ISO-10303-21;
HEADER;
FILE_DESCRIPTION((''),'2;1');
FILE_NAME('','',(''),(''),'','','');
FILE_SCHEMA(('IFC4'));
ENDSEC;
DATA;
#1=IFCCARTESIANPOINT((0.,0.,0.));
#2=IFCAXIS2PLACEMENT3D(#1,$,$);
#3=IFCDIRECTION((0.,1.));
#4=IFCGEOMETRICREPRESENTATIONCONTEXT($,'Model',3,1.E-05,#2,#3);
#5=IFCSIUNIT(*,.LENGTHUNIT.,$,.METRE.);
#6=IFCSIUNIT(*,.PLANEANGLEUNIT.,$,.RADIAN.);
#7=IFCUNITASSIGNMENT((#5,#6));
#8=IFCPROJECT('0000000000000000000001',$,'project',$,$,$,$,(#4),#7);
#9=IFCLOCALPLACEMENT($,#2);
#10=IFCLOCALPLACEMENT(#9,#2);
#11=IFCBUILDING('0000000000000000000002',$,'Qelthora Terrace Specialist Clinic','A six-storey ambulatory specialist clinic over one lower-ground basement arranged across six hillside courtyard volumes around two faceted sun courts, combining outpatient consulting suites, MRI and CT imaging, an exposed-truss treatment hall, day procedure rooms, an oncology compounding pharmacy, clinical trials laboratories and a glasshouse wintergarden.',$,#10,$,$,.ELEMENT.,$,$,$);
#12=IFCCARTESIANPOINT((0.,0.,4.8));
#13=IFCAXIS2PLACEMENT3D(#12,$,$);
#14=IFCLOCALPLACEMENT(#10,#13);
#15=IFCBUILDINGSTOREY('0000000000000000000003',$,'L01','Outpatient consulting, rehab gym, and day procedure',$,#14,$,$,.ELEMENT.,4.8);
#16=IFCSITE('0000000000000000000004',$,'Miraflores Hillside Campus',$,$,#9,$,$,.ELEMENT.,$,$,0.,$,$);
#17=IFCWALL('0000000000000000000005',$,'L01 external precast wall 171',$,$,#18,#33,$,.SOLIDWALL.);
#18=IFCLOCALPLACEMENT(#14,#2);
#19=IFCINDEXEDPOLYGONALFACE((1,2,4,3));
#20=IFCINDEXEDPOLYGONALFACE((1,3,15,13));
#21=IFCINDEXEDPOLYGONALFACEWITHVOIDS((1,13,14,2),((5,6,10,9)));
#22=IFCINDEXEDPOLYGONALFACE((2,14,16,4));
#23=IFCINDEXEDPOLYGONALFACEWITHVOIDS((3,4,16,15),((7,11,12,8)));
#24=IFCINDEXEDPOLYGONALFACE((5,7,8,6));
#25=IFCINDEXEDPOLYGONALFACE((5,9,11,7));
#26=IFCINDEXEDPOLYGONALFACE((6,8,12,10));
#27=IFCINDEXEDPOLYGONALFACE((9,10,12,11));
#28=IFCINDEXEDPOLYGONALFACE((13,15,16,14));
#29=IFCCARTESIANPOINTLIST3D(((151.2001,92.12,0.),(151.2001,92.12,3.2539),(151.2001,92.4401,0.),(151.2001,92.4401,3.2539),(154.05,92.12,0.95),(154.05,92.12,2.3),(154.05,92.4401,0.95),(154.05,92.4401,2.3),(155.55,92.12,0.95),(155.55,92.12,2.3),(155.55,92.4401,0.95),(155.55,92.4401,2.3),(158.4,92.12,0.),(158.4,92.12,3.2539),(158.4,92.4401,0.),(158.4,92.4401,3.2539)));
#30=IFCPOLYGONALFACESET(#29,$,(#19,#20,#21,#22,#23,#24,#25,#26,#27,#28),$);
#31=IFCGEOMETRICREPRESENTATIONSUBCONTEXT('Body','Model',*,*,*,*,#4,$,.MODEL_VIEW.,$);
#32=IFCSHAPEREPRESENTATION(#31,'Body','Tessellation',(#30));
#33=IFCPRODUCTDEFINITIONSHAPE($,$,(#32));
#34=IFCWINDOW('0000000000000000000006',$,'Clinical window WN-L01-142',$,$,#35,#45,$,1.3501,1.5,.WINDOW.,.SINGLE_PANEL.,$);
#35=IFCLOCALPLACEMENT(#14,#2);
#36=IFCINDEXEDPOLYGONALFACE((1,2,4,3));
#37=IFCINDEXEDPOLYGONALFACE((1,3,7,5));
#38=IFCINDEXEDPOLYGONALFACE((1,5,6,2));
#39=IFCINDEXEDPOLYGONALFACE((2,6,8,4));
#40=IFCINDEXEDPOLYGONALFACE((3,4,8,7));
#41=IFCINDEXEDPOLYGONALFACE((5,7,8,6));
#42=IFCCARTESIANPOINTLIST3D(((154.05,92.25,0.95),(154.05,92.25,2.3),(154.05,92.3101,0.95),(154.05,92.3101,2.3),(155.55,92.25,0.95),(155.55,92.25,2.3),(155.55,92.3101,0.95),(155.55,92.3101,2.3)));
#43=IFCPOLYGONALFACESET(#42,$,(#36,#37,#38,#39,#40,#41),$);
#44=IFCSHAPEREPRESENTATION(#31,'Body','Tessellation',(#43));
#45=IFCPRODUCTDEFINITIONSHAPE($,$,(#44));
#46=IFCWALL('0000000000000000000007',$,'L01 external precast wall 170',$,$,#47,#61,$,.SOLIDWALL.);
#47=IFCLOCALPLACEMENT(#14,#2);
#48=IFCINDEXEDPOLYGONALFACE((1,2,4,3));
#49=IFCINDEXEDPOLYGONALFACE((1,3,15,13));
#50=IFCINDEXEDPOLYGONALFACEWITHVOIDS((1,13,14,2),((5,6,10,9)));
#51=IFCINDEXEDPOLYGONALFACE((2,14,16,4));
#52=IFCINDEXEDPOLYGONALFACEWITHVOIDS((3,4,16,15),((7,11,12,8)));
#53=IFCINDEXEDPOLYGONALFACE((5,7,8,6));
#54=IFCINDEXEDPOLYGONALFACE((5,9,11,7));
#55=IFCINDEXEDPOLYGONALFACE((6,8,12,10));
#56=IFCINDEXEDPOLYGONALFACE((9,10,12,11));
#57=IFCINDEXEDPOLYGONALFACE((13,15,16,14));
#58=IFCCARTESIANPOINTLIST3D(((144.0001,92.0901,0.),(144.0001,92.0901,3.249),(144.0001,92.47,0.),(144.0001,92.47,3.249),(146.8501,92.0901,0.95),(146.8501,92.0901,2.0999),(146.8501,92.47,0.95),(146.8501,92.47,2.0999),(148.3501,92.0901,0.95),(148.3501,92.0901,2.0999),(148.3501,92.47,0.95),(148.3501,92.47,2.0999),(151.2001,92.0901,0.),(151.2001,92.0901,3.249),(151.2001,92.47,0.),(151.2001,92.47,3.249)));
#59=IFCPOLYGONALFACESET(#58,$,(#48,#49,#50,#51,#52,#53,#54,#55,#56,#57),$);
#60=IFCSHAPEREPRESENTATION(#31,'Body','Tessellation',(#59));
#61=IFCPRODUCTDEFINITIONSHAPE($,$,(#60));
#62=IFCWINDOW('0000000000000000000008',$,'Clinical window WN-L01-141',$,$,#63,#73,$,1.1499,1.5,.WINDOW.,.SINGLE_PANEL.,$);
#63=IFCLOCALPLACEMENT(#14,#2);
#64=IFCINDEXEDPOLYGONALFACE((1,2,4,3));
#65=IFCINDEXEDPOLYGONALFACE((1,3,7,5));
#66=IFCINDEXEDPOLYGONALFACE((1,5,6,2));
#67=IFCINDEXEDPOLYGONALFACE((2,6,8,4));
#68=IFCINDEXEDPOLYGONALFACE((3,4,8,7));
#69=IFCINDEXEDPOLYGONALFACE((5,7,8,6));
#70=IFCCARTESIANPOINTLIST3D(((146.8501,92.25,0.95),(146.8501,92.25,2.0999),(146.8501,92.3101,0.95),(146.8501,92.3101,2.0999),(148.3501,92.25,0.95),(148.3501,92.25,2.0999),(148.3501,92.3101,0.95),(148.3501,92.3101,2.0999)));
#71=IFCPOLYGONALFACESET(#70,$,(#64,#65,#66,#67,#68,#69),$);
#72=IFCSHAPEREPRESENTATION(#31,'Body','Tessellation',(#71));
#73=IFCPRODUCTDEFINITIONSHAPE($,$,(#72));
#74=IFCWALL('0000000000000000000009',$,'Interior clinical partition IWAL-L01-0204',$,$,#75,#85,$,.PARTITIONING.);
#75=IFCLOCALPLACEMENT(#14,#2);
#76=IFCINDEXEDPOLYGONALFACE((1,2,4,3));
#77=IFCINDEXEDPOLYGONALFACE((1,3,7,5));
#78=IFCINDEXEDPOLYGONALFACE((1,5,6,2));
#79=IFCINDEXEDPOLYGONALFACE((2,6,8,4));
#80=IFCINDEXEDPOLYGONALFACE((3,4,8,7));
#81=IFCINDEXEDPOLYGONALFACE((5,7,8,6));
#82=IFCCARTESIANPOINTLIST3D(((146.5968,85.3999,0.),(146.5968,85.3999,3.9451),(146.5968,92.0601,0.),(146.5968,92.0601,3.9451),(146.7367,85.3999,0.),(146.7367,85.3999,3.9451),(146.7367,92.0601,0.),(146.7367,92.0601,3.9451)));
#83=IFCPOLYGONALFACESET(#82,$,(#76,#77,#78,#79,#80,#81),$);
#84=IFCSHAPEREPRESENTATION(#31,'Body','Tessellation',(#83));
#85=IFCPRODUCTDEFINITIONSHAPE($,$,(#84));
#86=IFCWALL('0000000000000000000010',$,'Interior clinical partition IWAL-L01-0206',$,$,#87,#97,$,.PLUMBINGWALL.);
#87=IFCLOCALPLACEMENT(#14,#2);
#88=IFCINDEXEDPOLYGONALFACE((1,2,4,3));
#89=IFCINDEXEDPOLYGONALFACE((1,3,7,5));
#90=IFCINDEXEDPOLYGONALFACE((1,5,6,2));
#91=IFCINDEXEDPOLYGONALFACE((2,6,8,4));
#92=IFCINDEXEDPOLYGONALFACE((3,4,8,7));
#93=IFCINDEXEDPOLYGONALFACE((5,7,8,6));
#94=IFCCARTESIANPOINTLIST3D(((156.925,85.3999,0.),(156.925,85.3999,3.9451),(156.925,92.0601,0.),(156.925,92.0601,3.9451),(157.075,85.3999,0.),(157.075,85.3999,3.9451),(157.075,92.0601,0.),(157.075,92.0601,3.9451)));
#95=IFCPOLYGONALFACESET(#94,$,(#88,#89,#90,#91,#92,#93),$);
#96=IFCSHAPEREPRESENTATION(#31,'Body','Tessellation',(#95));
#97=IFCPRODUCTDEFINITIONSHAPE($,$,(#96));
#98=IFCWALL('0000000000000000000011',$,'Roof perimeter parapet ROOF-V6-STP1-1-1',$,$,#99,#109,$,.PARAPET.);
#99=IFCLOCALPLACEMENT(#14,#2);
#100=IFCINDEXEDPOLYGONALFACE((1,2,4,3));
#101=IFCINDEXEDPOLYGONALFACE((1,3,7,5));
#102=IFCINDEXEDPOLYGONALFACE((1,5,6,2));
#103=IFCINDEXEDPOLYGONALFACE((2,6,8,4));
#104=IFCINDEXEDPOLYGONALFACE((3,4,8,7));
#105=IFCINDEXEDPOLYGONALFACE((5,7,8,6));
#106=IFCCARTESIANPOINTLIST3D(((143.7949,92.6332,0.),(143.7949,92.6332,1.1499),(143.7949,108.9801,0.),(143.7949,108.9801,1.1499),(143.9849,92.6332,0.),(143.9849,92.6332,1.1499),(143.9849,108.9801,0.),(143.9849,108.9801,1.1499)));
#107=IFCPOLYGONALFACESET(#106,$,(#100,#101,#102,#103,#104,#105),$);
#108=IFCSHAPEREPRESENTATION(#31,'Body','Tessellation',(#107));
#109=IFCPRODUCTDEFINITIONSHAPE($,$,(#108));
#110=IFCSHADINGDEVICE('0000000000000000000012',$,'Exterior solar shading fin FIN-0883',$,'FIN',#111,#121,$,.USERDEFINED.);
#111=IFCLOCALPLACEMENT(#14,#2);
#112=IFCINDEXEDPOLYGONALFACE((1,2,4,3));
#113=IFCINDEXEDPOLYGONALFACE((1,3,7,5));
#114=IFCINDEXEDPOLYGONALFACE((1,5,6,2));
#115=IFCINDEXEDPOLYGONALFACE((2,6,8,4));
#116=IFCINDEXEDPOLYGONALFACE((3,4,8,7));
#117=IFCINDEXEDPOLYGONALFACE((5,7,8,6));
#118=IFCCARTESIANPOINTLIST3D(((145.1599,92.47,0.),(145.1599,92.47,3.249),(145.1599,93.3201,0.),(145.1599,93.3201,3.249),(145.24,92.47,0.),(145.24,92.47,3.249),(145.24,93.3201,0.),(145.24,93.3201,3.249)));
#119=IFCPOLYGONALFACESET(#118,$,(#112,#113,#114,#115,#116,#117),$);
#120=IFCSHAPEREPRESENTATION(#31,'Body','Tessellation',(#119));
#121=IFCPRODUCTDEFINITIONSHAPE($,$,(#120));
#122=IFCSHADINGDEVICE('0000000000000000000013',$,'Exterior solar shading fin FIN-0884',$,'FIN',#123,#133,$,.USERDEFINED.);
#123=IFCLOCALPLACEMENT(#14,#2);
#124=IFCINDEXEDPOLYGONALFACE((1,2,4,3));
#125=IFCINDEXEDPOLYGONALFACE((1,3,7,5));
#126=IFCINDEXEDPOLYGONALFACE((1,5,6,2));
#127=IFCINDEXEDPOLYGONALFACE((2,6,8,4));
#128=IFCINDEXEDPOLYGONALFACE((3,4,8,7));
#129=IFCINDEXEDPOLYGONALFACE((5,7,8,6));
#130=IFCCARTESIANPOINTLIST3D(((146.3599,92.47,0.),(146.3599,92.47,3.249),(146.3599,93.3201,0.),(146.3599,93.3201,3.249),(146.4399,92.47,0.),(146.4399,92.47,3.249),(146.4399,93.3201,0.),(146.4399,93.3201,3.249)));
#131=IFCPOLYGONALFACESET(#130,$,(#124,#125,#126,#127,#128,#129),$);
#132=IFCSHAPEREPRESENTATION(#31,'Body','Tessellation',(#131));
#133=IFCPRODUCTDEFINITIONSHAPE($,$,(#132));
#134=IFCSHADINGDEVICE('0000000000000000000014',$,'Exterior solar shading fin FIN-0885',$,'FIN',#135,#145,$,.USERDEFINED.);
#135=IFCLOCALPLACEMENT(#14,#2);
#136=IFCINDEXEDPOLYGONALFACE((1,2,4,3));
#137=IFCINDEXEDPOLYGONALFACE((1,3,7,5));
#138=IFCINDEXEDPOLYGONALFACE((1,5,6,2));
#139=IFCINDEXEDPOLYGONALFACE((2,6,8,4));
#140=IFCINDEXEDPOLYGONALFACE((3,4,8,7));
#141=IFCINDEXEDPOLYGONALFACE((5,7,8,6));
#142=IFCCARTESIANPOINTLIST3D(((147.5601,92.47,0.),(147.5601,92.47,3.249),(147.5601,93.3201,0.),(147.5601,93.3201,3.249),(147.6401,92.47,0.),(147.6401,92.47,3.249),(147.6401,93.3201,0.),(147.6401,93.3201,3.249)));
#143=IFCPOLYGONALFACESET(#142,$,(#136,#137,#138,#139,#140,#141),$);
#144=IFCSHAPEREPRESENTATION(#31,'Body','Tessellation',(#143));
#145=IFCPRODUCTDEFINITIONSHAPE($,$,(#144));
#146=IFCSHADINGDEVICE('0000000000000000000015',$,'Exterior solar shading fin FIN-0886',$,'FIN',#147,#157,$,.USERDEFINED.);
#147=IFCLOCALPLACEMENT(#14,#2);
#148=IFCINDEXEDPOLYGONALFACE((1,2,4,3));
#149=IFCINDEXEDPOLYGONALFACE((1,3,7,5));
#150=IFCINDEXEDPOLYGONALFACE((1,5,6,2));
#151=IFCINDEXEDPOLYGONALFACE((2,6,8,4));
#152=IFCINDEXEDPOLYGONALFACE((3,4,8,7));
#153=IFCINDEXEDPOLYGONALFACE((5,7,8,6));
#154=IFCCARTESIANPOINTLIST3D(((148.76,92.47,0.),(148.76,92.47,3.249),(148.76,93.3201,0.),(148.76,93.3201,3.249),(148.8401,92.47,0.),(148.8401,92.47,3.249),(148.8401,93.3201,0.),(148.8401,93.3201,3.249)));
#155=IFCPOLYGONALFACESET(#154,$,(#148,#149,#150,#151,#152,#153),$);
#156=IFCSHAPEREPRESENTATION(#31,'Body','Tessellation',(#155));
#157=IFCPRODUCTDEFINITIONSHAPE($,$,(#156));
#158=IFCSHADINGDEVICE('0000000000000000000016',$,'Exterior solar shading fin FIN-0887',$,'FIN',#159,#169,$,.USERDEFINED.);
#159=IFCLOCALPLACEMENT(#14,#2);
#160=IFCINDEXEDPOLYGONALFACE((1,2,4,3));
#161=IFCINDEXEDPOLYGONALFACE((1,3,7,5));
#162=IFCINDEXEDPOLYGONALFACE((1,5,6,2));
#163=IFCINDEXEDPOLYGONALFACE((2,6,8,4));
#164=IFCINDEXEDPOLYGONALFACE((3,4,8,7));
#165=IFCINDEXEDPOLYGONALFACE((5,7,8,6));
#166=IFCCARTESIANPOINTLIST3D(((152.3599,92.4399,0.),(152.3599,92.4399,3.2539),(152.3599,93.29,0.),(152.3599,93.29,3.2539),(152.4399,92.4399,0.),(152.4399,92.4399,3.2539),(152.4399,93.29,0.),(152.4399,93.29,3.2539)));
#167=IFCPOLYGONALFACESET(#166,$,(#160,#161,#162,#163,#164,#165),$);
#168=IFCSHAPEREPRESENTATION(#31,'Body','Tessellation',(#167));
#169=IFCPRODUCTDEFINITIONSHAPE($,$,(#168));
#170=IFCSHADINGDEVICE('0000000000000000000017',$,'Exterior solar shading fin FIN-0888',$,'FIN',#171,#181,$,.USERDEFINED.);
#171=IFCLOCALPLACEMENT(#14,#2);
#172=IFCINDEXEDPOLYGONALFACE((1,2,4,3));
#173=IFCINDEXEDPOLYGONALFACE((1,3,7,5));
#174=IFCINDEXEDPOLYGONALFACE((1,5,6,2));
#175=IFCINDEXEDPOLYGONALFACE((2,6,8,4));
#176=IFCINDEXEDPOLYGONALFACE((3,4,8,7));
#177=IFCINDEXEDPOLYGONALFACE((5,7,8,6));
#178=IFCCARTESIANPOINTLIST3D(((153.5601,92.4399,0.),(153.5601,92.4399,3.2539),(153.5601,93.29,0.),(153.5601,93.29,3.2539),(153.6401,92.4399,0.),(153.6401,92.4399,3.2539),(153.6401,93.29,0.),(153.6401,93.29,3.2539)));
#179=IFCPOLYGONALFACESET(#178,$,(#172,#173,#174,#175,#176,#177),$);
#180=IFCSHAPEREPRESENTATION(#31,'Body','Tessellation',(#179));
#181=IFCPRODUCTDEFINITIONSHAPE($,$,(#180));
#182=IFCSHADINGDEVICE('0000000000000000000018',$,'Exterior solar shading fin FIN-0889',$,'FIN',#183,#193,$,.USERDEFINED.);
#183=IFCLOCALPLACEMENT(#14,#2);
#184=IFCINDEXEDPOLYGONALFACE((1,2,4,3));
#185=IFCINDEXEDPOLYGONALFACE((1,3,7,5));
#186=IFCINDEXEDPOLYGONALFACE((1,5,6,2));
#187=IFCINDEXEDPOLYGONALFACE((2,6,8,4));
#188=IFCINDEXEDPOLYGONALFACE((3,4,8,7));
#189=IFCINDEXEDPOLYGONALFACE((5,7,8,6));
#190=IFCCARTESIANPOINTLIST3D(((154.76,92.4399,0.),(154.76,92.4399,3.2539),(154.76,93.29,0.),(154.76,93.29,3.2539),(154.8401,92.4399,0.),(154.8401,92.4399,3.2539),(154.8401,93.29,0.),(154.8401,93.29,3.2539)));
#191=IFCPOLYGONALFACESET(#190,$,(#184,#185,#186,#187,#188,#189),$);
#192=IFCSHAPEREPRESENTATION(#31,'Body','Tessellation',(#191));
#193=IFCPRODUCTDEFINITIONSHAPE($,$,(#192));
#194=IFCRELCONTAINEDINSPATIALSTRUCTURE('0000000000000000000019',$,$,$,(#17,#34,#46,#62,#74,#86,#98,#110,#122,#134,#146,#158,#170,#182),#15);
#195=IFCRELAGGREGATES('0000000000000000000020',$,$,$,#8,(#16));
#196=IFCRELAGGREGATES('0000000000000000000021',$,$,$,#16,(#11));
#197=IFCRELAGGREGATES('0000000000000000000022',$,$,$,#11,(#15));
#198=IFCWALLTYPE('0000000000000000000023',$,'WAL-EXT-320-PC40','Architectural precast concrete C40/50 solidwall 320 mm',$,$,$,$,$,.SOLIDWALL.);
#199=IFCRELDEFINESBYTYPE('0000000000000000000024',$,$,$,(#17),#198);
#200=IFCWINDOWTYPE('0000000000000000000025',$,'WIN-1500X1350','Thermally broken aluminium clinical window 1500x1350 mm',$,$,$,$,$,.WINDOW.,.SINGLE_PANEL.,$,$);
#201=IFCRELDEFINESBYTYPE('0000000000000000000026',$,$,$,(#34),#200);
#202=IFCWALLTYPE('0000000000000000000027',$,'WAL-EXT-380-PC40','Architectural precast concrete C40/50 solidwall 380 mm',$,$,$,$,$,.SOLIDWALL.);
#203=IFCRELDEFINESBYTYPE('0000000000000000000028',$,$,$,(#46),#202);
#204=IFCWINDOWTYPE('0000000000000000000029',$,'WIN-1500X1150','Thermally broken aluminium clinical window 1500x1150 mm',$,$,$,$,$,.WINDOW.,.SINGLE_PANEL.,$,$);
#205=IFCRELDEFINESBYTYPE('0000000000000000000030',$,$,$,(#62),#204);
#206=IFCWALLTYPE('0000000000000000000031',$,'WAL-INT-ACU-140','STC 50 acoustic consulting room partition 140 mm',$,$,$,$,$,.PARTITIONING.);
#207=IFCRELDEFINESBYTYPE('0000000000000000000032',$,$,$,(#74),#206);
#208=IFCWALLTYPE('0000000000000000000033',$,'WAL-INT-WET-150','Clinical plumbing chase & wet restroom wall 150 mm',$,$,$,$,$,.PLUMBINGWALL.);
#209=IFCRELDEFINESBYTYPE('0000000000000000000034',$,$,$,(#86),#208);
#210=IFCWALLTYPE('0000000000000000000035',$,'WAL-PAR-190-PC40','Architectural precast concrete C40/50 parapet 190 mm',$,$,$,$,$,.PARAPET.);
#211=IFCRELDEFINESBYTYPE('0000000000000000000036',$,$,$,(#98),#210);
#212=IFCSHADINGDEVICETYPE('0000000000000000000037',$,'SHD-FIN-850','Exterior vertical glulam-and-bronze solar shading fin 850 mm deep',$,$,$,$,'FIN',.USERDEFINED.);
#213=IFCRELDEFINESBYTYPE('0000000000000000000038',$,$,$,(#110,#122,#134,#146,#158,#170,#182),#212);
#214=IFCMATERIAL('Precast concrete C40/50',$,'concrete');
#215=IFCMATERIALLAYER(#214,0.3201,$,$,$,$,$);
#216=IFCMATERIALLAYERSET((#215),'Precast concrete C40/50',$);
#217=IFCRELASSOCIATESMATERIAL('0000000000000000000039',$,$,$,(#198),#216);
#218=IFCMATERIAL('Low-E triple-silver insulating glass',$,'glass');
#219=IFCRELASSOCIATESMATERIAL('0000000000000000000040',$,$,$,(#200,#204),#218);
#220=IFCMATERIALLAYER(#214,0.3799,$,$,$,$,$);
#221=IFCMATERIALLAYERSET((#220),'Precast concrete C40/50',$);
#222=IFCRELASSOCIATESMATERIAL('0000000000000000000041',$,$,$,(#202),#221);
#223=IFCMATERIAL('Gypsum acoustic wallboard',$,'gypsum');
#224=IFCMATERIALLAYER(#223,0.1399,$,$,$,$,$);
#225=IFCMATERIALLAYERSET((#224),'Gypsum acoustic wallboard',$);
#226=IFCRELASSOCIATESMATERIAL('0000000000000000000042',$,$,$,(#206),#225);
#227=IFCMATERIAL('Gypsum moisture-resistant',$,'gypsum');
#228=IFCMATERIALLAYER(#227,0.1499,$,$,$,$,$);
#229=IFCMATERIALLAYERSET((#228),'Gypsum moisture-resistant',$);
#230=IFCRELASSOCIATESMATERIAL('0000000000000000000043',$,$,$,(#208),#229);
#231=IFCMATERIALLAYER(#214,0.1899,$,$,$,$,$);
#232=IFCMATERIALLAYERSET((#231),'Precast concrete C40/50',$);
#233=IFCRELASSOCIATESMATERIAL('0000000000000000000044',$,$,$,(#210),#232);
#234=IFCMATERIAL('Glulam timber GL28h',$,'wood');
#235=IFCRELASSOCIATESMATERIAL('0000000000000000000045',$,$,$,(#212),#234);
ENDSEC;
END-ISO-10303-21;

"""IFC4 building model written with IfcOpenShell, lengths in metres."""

from ifc_helpers import new_model, si_unit, direction, frame, frame_2d, origin, origin_2d, place, context, subcontext, project, spatial, rectangle, extrude, material, layer, layer_set, type_object, element, fill, save


model = new_model("IFC4")

# Units and contexts
model_context = context("Model", 3, precision=1e-05, world=origin(), true_north=direction((0.0, 1.0)))
body_context = subcontext(model_context, "Body", "Model", "MODEL_VIEW")
ifc_project = project(units=[si_unit("LENGTHUNIT", "METRE"), si_unit("PLANEANGLEUNIT", "RADIAN")], contexts=[model_context])

# Site, building, storey
site_placement = place(None, origin())
site = spatial("IfcSite", under=ifc_project, at=site_placement, Name="Miraflores Hillside Campus", CompositionType="ELEMENT", RefElevation=0.0)
building_placement = place(site_placement, origin())
building = spatial("IfcBuilding", under=site, at=building_placement, Name="Qelthora Terrace Specialist Clinic", Description="A six-storey ambulatory specialist clinic over one lower-ground basement arranged across six hillside courtyard volumes around two faceted sun courts, combining outpatient consulting suites, MRI and CT imaging, an exposed-truss treatment hall, day procedure rooms, an oncology compounding pharmacy, clinical trials laboratories and a glasshouse wintergarden.", CompositionType="ELEMENT")
storey_placement = place(building_placement, frame((0.0, 0.0, 4.8)))
storey = spatial("IfcBuildingStorey", under=building, at=storey_placement, Name="L01", Description="Outpatient consulting, rehab gym, and day procedure", CompositionType="ELEMENT", Elevation=4.8)

# Walls, openings, windows
ifc_material_1 = material(Name="Precast concrete C40/50", Category="concrete")
ifc_layer_1 = layer(ifc_material_1, 0.3201)
ifc_layer_set_1 = layer_set([ifc_layer_1], Name="Precast concrete C40/50")
wall_type_1 = type_object("IfcWallType", Name="WAL-EXT-320-PC40", Description="Architectural precast concrete C40/50 solidwall 320 mm", PredefinedType="SOLIDWALL", material=ifc_layer_set_1)
wall_1_placement = place(storey_placement, frame((151.2, 92.28, 0.0), z_axis=(0.0, 0.0, 1.0), x_axis=(1.0, 0.0, 0.0)))
wall_1 = element("IfcWall", 1, at=wall_1_placement, inside=storey, type_object=wall_type_1, Name="L01 external precast wall 171", PredefinedType="SOLIDWALL", context=body_context, shape_type="SweptSolid", body=[
    extrude(rectangle(XDim=7.2, YDim=0.3201, at=frame_2d((3.6001, 0.0))), origin(), (0.0, 0.0, 1.0), 3.2539),
])
opening_1_placement = place(wall_1_placement, frame((2.8501, 0.0, 0.95)))
opening_1 = element("IfcOpeningElement", 2, at=opening_1_placement, cuts=wall_1, PredefinedType="OPENING", context=body_context, shape_type="SweptSolid", body=[
    extrude(rectangle(XDim=1.5, YDim=1.3501, at=frame_2d((0.75, 0.675))), frame((0.0, 0.1699, 0.0), z_axis=(0.0, -1.0, 0.0), x_axis=(1.0, 0.0, 0.0)), (0.0, 0.0, 1.0), 0.3401),
])
ifc_material_2 = material(Name="Low-E triple-silver insulating glass", Category="glass")
window_type_1 = type_object("IfcWindowType", Name="WIN-1500X1350", Description="Thermally broken aluminium clinical window 1500x1350 mm", PartitioningType="SINGLE_PANEL", PredefinedType="WINDOW", material=ifc_material_2)
window_1_placement = place(opening_1_placement, origin())
window_1 = element("IfcWindow", 3, at=window_1_placement, inside=storey, type_object=window_type_1, Name="Clinical window WN-L01-142", OverallHeight=1.3501, OverallWidth=1.5, PartitioningType="SINGLE_PANEL", PredefinedType="WINDOW", context=body_context, shape_type="SweptSolid", body=[
    extrude(rectangle(XDim=1.5, YDim=1.3501, at=frame_2d((0.75, 0.675))), frame((0.0, 0.03, 0.0), z_axis=(0.0, -1.0, 0.0), x_axis=(1.0, 0.0, 0.0)), (0.0, 0.0, 1.0), 0.0601),
])
fill(opening_1, window_1)
ifc_layer_2 = layer(ifc_material_1, 0.3799)
ifc_layer_set_2 = layer_set([ifc_layer_2], Name="Precast concrete C40/50")
wall_type_2 = type_object("IfcWallType", Name="WAL-EXT-380-PC40", Description="Architectural precast concrete C40/50 solidwall 380 mm", PredefinedType="SOLIDWALL", material=ifc_layer_set_2)
wall_2_placement = place(storey_placement, frame((144.0, 92.28, 0.0), z_axis=(0.0, 0.0, 1.0), x_axis=(1.0, 0.0, 0.0)))
wall_2 = element("IfcWall", 4, at=wall_2_placement, inside=storey, type_object=wall_type_2, Name="L01 external precast wall 170", PredefinedType="SOLIDWALL", context=body_context, shape_type="SweptSolid", body=[
    extrude(rectangle(XDim=7.2, YDim=0.3799, at=frame_2d((3.6001, 0.0))), origin(), (0.0, 0.0, 1.0), 3.249),
])
opening_2_placement = place(wall_2_placement, frame((2.8501, 0.0, 0.95)))
opening_2 = element("IfcOpeningElement", 5, at=opening_2_placement, cuts=wall_2, PredefinedType="OPENING", context=body_context, shape_type="SweptSolid", body=[
    extrude(rectangle(XDim=1.5, YDim=1.1499, at=frame_2d((0.75, 0.575))), frame((0.0, 0.2, 0.0), z_axis=(0.0, -1.0, 0.0), x_axis=(1.0, 0.0, 0.0)), (0.0, 0.0, 1.0), 0.3999),
])
window_type_2 = type_object("IfcWindowType", Name="WIN-1500X1150", Description="Thermally broken aluminium clinical window 1500x1150 mm", PartitioningType="SINGLE_PANEL", PredefinedType="WINDOW", material=ifc_material_2)
window_2_placement = place(opening_2_placement, origin())
window_2 = element("IfcWindow", 6, at=window_2_placement, inside=storey, type_object=window_type_2, Name="Clinical window WN-L01-141", OverallHeight=1.1499, OverallWidth=1.5, PartitioningType="SINGLE_PANEL", PredefinedType="WINDOW", context=body_context, shape_type="SweptSolid", body=[
    extrude(rectangle(XDim=1.5, YDim=1.1499, at=frame_2d((0.75, 0.575))), frame((0.0, 0.03, 0.0), z_axis=(0.0, -1.0, 0.0), x_axis=(1.0, 0.0, 0.0)), (0.0, 0.0, 1.0), 0.0601),
])
fill(opening_2, window_2)

# Walls
ifc_material_3 = material(Name="Gypsum acoustic wallboard", Category="gypsum")
ifc_layer_3 = layer(ifc_material_3, 0.1399)
ifc_layer_set_3 = layer_set([ifc_layer_3], Name="Gypsum acoustic wallboard")
wall_type_3 = type_object("IfcWallType", Name="WAL-INT-ACU-140", Description="STC 50 acoustic consulting room partition 140 mm", PredefinedType="PARTITIONING", material=ifc_layer_set_3)
wall_3_placement = place(storey_placement, frame((146.6667, 92.0601, 0.0), z_axis=(0.0, 0.0, 1.0), x_axis=(0.0, -1.0, 0.0)))
element("IfcWall", 7, at=wall_3_placement, inside=storey, type_object=wall_type_3, Name="Interior clinical partition IWAL-L01-0204", PredefinedType="PARTITIONING", context=body_context, shape_type="SweptSolid", body=[
    extrude(rectangle(XDim=6.6602, YDim=0.1399, at=frame_2d((3.3301, 0.0))), origin(), (0.0, 0.0, 1.0), 3.9451),
])
ifc_material_4 = material(Name="Gypsum moisture-resistant", Category="gypsum")
ifc_layer_4 = layer(ifc_material_4, 0.1499)
ifc_layer_set_4 = layer_set([ifc_layer_4], Name="Gypsum moisture-resistant")
wall_type_4 = type_object("IfcWallType", Name="WAL-INT-WET-150", Description="Clinical plumbing chase & wet restroom wall 150 mm", PredefinedType="PLUMBINGWALL", material=ifc_layer_set_4)
wall_4_placement = place(storey_placement, frame((157.0, 92.0601, 0.0), z_axis=(0.0, 0.0, 1.0), x_axis=(0.0, -1.0, 0.0)))
element("IfcWall", 8, at=wall_4_placement, inside=storey, type_object=wall_type_4, Name="Interior clinical partition IWAL-L01-0206", PredefinedType="PLUMBINGWALL", context=body_context, shape_type="SweptSolid", body=[
    extrude(rectangle(XDim=6.6602, YDim=0.1499, at=frame_2d((3.3301, 0.0))), origin(), (0.0, 0.0, 1.0), 3.9451),
])
ifc_layer_5 = layer(ifc_material_1, 0.1899)
ifc_layer_set_5 = layer_set([ifc_layer_5], Name="Precast concrete C40/50")
wall_type_5 = type_object("IfcWallType", Name="WAL-PAR-190-PC40", Description="Architectural precast concrete C40/50 parapet 190 mm", PredefinedType="PARAPET", material=ifc_layer_set_5)
wall_5_placement = place(storey_placement, frame((143.8899, 108.98, 0.0), z_axis=(0.0, 0.0, 1.0), x_axis=(0.0, -1.0, 0.0)))
element("IfcWall", 9, at=wall_5_placement, inside=storey, type_object=wall_type_5, Name="Roof perimeter parapet ROOF-V6-STP1-1-1", PredefinedType="PARAPET", context=body_context, shape_type="SweptSolid", body=[
    extrude(rectangle(XDim=16.3469, YDim=0.1899, at=frame_2d((8.1733, 0.0))), origin(), (0.0, 0.0, 1.0), 1.1499),
])

# Shading devices
ifc_material_5 = material(Name="Glulam timber GL28h", Category="wood")
shading_device_type = type_object("IfcShadingDeviceType", Name="SHD-FIN-850", Description="Exterior vertical glulam-and-bronze solar shading fin 850 mm deep", ElementType="FIN", PredefinedType="USERDEFINED", material=ifc_material_5)
for number, where, z_axis, x_axis, name in (
    (10, (145.2, 92.895, 0.0), (0.0, 0.0, 1.0), (0.0, 1.0, 0.0), "Exterior solar shading fin FIN-0883"),
    (11, (146.3999, 92.895, 0.0), (0.0, 0.0, 1.0), (0.0, 1.0, 0.0), "Exterior solar shading fin FIN-0884"),
    (12, (147.6001, 92.895, 0.0), (0.0, 0.0, 1.0), (0.0, 1.0, 0.0), "Exterior solar shading fin FIN-0885"),
    (13, (148.8, 92.895, 0.0), (0.0, 0.0, 1.0), (0.0, 1.0, 0.0), "Exterior solar shading fin FIN-0886"),
):
    element("IfcShadingDevice", number, at=place(storey_placement, frame(where, z_axis=z_axis, x_axis=x_axis)), inside=storey, type_object=shading_device_type, Name=name, ObjectType="FIN", PredefinedType="USERDEFINED", context=body_context, shape_type="SweptSolid", body=[
        extrude(rectangle(XDim=0.8501, YDim=0.0801, at=origin_2d()), origin(), (0.0, 0.0, 1.0), 3.249),
    ])
for number, where, z_axis, x_axis, name in (
    (14, (152.3999, 92.865, 0.0), (0.0, 0.0, 1.0), (0.0, 1.0, 0.0), "Exterior solar shading fin FIN-0887"),
    (15, (153.6001, 92.865, 0.0), (0.0, 0.0, 1.0), (0.0, 1.0, 0.0), "Exterior solar shading fin FIN-0888"),
    (16, (154.8, 92.865, 0.0), (0.0, 0.0, 1.0), (0.0, 1.0, 0.0), "Exterior solar shading fin FIN-0889"),
):
    element("IfcShadingDevice", number, at=place(storey_placement, frame(where, z_axis=z_axis, x_axis=x_axis)), inside=storey, type_object=shading_device_type, Name=name, ObjectType="FIN", PredefinedType="USERDEFINED", context=body_context, shape_type="SweptSolid", body=[
        extrude(rectangle(XDim=0.8501, YDim=0.0801, at=origin_2d()), origin(), (0.0, 0.0, 1.0), 3.2539),
    ])

save(model, "model.ifc")
